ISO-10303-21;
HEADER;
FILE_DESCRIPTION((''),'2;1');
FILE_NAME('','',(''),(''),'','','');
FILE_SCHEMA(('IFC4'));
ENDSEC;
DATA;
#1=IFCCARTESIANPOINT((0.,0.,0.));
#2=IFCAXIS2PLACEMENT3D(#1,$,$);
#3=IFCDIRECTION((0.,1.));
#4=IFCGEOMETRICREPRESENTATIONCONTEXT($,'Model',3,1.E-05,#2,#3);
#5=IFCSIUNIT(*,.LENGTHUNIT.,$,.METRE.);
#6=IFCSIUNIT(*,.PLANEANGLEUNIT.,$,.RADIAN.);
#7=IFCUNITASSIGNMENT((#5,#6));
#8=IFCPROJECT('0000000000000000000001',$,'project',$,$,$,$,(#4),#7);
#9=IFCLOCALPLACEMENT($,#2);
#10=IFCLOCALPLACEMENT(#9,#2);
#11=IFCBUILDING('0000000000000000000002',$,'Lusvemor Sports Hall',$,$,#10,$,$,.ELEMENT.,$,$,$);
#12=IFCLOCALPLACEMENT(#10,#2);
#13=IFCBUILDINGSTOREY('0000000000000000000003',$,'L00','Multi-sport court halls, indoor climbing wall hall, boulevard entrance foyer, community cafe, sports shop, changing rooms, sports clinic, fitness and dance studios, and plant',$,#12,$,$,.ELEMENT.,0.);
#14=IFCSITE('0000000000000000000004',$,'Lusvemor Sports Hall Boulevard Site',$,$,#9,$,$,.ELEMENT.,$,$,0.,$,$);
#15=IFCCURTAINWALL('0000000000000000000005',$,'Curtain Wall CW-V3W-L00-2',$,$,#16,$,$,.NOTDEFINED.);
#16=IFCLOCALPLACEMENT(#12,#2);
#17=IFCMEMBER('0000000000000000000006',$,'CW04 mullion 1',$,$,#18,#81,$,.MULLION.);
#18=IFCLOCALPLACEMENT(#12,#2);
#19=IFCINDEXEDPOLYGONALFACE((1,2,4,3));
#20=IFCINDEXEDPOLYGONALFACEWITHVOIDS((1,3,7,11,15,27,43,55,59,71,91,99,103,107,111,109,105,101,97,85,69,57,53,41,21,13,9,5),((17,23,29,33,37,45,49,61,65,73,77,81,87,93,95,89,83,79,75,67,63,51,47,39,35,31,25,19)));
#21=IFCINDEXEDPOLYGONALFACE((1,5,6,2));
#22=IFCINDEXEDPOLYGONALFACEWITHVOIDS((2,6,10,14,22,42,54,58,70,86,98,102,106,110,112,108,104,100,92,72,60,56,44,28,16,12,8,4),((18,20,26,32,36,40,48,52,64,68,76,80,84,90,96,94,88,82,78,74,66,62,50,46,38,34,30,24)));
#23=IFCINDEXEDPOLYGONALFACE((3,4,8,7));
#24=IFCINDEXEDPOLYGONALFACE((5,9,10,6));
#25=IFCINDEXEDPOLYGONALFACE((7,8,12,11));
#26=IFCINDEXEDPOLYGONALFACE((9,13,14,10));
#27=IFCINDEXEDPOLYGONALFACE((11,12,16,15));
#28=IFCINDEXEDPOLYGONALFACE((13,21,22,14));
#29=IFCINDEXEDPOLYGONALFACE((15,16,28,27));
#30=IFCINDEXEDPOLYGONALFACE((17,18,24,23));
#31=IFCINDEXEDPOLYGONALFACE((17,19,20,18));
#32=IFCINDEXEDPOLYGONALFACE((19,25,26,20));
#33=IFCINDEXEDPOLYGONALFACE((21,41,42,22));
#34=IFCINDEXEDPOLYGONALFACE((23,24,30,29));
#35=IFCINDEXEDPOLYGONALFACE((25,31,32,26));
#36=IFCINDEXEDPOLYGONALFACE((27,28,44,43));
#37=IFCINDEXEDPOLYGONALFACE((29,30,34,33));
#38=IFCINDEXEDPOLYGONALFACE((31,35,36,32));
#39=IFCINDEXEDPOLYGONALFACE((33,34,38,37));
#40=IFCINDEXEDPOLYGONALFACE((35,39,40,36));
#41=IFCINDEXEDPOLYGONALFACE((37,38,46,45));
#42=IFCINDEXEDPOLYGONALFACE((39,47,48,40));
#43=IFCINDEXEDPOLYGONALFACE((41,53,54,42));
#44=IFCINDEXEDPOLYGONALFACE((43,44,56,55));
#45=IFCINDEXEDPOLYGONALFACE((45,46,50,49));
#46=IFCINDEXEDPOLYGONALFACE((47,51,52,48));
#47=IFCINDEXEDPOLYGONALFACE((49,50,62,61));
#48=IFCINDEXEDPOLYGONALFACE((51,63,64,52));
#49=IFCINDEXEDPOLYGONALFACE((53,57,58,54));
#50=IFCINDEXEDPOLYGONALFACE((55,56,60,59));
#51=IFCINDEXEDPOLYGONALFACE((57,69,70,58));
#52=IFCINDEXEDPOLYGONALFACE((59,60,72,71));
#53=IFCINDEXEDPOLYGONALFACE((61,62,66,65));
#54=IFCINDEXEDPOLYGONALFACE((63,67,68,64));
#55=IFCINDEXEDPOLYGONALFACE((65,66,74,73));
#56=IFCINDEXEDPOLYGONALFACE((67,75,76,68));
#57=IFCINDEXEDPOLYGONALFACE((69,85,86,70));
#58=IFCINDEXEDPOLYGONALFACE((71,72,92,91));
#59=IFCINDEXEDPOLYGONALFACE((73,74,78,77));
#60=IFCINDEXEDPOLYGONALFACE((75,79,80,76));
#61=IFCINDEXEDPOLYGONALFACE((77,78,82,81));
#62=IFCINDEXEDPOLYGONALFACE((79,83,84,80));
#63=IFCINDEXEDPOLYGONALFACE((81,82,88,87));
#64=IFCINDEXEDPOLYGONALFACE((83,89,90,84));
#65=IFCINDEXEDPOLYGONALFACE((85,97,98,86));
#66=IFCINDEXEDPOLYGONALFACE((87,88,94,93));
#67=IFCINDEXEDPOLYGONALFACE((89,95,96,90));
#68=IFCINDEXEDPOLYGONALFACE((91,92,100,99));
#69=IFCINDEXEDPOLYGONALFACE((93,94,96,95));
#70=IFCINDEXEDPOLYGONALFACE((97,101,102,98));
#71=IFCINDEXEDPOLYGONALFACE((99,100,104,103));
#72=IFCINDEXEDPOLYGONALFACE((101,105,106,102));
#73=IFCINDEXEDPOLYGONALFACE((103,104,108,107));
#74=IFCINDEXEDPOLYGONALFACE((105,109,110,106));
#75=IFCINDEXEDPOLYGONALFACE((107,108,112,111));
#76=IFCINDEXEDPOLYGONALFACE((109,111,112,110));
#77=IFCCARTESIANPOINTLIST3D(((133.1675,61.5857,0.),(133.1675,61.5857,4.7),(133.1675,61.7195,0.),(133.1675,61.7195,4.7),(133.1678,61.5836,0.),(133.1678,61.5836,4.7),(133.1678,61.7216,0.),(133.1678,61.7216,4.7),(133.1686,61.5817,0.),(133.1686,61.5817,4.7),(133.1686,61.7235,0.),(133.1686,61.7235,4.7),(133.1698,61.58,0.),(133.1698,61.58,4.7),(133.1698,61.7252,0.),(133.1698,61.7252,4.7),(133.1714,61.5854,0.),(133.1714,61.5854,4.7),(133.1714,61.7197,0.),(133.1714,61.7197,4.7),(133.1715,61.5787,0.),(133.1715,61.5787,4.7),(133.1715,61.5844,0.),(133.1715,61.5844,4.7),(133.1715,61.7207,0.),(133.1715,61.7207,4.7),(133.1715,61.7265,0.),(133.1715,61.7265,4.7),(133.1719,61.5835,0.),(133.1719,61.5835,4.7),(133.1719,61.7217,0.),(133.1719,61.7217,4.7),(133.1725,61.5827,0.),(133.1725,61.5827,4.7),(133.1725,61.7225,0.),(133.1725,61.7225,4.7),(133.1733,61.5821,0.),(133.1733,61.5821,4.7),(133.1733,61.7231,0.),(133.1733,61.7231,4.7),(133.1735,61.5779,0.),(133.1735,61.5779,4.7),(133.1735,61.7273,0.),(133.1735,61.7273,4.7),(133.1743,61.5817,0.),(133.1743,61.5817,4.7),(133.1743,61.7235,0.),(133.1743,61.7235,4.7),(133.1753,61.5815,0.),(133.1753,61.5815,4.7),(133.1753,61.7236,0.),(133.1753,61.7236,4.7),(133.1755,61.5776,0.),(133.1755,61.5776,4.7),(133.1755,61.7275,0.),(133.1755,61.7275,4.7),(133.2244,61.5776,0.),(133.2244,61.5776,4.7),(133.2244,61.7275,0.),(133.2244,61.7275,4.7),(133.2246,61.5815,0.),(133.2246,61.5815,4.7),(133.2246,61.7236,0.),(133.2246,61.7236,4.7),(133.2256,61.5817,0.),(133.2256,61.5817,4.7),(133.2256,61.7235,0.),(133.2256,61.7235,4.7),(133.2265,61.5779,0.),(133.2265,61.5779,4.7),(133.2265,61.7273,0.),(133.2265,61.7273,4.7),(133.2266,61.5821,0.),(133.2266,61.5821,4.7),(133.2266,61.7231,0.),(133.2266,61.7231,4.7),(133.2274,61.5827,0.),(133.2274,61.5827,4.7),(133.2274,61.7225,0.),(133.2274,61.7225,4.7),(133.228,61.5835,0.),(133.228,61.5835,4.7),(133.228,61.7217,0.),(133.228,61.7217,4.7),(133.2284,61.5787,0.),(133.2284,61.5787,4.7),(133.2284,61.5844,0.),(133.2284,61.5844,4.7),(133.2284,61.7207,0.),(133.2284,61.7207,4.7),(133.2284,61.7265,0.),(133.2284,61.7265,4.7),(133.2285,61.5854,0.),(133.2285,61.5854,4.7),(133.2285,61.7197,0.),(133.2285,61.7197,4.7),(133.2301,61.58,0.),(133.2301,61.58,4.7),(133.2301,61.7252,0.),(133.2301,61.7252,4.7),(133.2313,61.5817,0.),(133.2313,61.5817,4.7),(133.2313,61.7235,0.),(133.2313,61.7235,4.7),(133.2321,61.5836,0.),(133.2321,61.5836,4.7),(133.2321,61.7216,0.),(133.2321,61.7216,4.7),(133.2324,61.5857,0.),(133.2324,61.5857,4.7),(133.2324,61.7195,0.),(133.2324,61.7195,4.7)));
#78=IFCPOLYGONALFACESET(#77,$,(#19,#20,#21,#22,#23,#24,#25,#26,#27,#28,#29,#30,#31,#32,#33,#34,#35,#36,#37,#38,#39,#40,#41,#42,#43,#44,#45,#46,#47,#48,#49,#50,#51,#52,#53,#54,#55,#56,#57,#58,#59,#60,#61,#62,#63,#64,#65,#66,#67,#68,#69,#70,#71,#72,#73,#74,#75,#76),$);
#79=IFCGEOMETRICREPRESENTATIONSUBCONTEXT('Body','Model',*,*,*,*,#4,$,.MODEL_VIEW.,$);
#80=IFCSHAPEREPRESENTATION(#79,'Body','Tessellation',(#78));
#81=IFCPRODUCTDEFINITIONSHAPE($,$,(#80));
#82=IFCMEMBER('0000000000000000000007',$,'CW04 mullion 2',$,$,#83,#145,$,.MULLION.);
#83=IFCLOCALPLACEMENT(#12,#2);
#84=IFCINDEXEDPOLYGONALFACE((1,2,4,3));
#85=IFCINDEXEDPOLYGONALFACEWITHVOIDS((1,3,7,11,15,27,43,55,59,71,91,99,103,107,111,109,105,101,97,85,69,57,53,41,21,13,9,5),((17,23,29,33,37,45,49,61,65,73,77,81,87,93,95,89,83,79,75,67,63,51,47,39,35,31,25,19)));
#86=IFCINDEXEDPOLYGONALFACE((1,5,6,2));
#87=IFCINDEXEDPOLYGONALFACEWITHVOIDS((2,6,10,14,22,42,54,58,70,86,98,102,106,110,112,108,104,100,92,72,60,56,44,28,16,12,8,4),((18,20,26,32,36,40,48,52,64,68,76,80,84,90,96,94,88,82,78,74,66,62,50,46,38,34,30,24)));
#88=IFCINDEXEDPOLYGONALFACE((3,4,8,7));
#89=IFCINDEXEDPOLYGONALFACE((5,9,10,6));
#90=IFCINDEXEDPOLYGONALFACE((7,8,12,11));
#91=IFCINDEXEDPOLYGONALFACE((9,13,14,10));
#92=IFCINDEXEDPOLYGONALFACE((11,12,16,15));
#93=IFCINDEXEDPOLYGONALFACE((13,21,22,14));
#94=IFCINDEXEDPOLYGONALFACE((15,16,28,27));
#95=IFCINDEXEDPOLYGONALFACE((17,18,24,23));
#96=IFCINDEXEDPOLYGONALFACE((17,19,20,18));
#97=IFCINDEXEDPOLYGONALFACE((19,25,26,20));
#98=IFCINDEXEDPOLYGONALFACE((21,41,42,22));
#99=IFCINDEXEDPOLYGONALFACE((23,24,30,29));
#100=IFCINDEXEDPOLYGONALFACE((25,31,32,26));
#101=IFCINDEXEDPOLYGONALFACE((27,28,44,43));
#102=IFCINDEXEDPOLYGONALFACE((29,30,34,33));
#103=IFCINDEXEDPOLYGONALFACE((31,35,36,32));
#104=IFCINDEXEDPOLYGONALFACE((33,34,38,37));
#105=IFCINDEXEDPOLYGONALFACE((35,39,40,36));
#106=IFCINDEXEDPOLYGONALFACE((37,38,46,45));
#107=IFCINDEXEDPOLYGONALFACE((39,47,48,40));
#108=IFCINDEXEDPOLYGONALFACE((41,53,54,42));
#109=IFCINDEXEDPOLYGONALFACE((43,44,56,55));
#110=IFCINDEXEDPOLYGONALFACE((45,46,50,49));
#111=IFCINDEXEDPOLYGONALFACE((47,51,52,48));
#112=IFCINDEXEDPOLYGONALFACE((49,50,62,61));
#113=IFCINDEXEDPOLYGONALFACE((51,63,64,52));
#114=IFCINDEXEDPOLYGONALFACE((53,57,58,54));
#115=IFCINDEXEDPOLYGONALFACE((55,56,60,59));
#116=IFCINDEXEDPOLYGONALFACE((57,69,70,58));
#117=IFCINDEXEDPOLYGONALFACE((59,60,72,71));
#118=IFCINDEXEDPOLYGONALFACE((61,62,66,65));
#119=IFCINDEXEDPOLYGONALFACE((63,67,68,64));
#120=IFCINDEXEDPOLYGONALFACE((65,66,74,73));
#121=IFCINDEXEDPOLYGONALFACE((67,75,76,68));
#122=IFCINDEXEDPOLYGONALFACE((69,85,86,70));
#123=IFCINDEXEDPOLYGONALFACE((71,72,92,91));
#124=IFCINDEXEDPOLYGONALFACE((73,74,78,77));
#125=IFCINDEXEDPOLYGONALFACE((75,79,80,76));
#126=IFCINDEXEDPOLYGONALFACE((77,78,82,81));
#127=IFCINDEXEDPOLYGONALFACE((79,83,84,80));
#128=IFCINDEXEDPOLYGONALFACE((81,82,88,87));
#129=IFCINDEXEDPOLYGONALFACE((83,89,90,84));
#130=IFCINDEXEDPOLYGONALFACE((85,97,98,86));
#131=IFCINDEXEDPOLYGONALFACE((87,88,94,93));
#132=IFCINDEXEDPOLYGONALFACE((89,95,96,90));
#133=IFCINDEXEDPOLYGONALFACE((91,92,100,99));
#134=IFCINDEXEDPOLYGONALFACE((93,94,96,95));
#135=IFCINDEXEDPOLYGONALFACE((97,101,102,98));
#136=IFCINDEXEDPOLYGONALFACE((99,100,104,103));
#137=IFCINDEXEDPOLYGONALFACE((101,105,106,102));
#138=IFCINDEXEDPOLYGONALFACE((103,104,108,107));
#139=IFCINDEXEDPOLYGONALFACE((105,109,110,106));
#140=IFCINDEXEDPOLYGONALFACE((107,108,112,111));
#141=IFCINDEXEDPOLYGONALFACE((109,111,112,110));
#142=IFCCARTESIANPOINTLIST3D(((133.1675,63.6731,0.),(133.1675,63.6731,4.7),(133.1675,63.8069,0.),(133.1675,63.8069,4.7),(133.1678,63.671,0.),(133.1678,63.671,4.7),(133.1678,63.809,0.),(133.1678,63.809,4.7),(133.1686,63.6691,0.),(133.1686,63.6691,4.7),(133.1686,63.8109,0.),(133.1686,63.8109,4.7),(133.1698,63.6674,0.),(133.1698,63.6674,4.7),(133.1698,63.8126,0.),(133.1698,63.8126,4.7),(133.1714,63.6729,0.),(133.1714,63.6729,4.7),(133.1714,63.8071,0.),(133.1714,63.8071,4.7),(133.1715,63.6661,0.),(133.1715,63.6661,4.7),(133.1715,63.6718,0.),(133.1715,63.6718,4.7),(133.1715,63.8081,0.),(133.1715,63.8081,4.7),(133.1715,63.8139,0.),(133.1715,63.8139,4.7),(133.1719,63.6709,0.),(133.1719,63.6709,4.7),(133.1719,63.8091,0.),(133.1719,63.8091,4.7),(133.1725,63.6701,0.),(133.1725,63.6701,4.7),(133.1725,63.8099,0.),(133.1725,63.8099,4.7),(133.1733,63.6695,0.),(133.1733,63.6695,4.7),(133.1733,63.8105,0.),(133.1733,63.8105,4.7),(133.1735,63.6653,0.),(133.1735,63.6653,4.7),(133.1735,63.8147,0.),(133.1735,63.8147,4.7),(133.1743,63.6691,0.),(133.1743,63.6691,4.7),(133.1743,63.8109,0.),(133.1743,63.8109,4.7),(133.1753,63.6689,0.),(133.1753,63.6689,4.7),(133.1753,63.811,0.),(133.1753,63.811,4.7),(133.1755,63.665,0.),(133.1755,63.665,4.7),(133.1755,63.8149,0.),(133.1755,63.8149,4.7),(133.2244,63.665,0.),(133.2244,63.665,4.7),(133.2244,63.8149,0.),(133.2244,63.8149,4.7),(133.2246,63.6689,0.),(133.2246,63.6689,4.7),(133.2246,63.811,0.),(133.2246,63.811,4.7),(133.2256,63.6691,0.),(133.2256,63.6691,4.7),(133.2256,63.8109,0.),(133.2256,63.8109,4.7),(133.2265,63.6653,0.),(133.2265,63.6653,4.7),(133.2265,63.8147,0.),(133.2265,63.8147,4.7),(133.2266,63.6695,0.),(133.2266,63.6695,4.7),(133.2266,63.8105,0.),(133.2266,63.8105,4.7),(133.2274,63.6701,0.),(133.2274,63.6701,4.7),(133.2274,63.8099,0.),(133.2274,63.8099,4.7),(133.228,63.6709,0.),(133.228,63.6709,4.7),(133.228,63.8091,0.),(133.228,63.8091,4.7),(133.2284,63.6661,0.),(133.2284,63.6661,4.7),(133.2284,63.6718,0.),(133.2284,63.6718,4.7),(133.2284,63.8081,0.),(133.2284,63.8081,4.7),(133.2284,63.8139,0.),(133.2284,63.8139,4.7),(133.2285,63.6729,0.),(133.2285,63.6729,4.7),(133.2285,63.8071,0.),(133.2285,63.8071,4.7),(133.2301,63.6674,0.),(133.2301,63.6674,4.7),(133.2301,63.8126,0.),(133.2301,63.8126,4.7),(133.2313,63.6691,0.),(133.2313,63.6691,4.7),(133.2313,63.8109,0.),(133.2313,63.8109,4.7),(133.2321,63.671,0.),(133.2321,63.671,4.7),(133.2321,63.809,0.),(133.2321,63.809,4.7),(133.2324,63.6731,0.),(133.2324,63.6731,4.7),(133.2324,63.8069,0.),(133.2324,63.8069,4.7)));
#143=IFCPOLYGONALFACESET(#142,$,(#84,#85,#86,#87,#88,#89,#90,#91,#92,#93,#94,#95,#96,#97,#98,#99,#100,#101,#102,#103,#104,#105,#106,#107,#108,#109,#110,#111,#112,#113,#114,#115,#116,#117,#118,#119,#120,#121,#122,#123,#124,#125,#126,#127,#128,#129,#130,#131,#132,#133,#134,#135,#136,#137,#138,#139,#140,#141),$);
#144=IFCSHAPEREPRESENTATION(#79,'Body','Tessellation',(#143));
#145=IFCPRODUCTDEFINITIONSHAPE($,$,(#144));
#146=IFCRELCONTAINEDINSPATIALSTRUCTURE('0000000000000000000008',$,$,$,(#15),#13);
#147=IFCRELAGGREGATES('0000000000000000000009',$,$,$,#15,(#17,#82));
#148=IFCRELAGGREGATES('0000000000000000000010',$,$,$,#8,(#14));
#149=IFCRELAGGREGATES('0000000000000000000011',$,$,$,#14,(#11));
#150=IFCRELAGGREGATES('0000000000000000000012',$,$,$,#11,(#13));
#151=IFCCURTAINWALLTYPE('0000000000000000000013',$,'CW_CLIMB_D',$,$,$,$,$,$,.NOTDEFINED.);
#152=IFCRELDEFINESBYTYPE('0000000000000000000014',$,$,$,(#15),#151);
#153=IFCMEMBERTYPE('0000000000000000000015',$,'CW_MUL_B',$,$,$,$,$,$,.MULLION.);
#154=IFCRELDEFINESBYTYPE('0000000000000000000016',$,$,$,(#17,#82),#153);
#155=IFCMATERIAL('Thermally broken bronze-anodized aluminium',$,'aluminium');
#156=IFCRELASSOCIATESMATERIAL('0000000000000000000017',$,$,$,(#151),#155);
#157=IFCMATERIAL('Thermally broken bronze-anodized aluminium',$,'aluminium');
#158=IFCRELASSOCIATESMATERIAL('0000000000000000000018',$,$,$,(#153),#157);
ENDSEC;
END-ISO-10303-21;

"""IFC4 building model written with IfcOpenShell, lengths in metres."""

from ifc_helpers import new_model, si_unit, direction, frame, origin, origin_2d, place, context, subcontext, project, spatial, hollow_rectangle, extrude, material, material_profile, profile_set, type_object, element, aggregate, save


model = new_model("IFC4")

# Units and contexts
model_context = context("Model", 3, precision=1e-05, world=origin(), true_north=direction((0.0, 1.0)))
body_context = subcontext(model_context, "Body", "Model", "MODEL_VIEW")
ifc_project = project(units=[si_unit("LENGTHUNIT", "METRE"), si_unit("PLANEANGLEUNIT", "RADIAN")], contexts=[model_context])

# Site, building, storey
site_placement = place(None, origin())
site = spatial("IfcSite", under=ifc_project, at=site_placement, Name="Lusvemor Sports Hall Boulevard Site", CompositionType="ELEMENT", RefElevation=0.0)
building_placement = place(site_placement, origin())
building = spatial("IfcBuilding", under=site, at=building_placement, Name="Lusvemor Sports Hall", CompositionType="ELEMENT")
storey_placement = place(building_placement, origin())
storey = spatial("IfcBuildingStorey", under=building, at=storey_placement, Name="L00", Description="Multi-sport court halls, indoor climbing wall hall, boulevard entrance foyer, community cafe, sports shop, changing rooms, sports clinic, fitness and dance studios, and plant", CompositionType="ELEMENT", Elevation=0.0)

# Curtain wall, members
ifc_material_1 = material(Name="Thermally broken bronze-anodized aluminium", Category="aluminium")
curtain_wall_type = type_object("IfcCurtainWallType", Name="CW_CLIMB_D", PredefinedType="NOTDEFINED", material=ifc_material_1)
curtain_wall_placement = place(storey_placement, origin())
curtain_wall = element("IfcCurtainWall", 1, at=curtain_wall_placement, inside=storey, type_object=curtain_wall_type, Name="Curtain Wall CW-V3W-L00-2", PredefinedType="NOTDEFINED")
ifc_material_2 = material(Name="Thermally broken bronze-anodized aluminium", Category="aluminium")
ifc_material_profile_1 = material_profile(ifc_material_2, hollow_rectangle(XDim=0.0649, YDim=0.1499, WallThickness=0.0039, InnerFilletRadius=0.0039, OuterFilletRadius=0.0081, at=origin_2d()), Name="CWMUL150x65x4")
ifc_profile_set_1 = profile_set([ifc_material_profile_1], Name="Thermally broken bronze-anodized aluminium")
member_type_1 = type_object("IfcMemberType", Name="CW_MUL_B", PredefinedType="MULLION", material=ifc_profile_set_1)
member_1_placement = place(storey_placement, frame((133.2, 61.6526, 0.0), z_axis=(0.0, 0.0, 1.0), x_axis=(-1.0, 0.0, 0.0)))
member_1 = element("IfcMember", 2, at=member_1_placement, type_object=member_type_1, Name="CW04 mullion 1", PredefinedType="MULLION", context=body_context, shape_type="SweptSolid", body=[
    extrude(hollow_rectangle(XDim=0.0649, YDim=0.1499, WallThickness=0.0039, InnerFilletRadius=0.0039, OuterFilletRadius=0.0081, at=origin_2d()), origin(), (0.0, 0.0, 1.0), 4.7),
])
member_2_placement = place(storey_placement, frame((133.2, 63.74, 0.0), z_axis=(0.0, 0.0, 1.0), x_axis=(-1.0, 0.0, 0.0)))
member_2 = element("IfcMember", 3, at=member_2_placement, type_object=member_type_1, Name="CW04 mullion 2", PredefinedType="MULLION", context=body_context, shape_type="SweptSolid", body=[
    extrude(hollow_rectangle(XDim=0.0649, YDim=0.1499, WallThickness=0.0039, InnerFilletRadius=0.0039, OuterFilletRadius=0.0081, at=origin_2d()), origin(), (0.0, 0.0, 1.0), 4.7),
])
aggregate(curtain_wall, [member_1, member_2])

save(model, "model.ifc")
